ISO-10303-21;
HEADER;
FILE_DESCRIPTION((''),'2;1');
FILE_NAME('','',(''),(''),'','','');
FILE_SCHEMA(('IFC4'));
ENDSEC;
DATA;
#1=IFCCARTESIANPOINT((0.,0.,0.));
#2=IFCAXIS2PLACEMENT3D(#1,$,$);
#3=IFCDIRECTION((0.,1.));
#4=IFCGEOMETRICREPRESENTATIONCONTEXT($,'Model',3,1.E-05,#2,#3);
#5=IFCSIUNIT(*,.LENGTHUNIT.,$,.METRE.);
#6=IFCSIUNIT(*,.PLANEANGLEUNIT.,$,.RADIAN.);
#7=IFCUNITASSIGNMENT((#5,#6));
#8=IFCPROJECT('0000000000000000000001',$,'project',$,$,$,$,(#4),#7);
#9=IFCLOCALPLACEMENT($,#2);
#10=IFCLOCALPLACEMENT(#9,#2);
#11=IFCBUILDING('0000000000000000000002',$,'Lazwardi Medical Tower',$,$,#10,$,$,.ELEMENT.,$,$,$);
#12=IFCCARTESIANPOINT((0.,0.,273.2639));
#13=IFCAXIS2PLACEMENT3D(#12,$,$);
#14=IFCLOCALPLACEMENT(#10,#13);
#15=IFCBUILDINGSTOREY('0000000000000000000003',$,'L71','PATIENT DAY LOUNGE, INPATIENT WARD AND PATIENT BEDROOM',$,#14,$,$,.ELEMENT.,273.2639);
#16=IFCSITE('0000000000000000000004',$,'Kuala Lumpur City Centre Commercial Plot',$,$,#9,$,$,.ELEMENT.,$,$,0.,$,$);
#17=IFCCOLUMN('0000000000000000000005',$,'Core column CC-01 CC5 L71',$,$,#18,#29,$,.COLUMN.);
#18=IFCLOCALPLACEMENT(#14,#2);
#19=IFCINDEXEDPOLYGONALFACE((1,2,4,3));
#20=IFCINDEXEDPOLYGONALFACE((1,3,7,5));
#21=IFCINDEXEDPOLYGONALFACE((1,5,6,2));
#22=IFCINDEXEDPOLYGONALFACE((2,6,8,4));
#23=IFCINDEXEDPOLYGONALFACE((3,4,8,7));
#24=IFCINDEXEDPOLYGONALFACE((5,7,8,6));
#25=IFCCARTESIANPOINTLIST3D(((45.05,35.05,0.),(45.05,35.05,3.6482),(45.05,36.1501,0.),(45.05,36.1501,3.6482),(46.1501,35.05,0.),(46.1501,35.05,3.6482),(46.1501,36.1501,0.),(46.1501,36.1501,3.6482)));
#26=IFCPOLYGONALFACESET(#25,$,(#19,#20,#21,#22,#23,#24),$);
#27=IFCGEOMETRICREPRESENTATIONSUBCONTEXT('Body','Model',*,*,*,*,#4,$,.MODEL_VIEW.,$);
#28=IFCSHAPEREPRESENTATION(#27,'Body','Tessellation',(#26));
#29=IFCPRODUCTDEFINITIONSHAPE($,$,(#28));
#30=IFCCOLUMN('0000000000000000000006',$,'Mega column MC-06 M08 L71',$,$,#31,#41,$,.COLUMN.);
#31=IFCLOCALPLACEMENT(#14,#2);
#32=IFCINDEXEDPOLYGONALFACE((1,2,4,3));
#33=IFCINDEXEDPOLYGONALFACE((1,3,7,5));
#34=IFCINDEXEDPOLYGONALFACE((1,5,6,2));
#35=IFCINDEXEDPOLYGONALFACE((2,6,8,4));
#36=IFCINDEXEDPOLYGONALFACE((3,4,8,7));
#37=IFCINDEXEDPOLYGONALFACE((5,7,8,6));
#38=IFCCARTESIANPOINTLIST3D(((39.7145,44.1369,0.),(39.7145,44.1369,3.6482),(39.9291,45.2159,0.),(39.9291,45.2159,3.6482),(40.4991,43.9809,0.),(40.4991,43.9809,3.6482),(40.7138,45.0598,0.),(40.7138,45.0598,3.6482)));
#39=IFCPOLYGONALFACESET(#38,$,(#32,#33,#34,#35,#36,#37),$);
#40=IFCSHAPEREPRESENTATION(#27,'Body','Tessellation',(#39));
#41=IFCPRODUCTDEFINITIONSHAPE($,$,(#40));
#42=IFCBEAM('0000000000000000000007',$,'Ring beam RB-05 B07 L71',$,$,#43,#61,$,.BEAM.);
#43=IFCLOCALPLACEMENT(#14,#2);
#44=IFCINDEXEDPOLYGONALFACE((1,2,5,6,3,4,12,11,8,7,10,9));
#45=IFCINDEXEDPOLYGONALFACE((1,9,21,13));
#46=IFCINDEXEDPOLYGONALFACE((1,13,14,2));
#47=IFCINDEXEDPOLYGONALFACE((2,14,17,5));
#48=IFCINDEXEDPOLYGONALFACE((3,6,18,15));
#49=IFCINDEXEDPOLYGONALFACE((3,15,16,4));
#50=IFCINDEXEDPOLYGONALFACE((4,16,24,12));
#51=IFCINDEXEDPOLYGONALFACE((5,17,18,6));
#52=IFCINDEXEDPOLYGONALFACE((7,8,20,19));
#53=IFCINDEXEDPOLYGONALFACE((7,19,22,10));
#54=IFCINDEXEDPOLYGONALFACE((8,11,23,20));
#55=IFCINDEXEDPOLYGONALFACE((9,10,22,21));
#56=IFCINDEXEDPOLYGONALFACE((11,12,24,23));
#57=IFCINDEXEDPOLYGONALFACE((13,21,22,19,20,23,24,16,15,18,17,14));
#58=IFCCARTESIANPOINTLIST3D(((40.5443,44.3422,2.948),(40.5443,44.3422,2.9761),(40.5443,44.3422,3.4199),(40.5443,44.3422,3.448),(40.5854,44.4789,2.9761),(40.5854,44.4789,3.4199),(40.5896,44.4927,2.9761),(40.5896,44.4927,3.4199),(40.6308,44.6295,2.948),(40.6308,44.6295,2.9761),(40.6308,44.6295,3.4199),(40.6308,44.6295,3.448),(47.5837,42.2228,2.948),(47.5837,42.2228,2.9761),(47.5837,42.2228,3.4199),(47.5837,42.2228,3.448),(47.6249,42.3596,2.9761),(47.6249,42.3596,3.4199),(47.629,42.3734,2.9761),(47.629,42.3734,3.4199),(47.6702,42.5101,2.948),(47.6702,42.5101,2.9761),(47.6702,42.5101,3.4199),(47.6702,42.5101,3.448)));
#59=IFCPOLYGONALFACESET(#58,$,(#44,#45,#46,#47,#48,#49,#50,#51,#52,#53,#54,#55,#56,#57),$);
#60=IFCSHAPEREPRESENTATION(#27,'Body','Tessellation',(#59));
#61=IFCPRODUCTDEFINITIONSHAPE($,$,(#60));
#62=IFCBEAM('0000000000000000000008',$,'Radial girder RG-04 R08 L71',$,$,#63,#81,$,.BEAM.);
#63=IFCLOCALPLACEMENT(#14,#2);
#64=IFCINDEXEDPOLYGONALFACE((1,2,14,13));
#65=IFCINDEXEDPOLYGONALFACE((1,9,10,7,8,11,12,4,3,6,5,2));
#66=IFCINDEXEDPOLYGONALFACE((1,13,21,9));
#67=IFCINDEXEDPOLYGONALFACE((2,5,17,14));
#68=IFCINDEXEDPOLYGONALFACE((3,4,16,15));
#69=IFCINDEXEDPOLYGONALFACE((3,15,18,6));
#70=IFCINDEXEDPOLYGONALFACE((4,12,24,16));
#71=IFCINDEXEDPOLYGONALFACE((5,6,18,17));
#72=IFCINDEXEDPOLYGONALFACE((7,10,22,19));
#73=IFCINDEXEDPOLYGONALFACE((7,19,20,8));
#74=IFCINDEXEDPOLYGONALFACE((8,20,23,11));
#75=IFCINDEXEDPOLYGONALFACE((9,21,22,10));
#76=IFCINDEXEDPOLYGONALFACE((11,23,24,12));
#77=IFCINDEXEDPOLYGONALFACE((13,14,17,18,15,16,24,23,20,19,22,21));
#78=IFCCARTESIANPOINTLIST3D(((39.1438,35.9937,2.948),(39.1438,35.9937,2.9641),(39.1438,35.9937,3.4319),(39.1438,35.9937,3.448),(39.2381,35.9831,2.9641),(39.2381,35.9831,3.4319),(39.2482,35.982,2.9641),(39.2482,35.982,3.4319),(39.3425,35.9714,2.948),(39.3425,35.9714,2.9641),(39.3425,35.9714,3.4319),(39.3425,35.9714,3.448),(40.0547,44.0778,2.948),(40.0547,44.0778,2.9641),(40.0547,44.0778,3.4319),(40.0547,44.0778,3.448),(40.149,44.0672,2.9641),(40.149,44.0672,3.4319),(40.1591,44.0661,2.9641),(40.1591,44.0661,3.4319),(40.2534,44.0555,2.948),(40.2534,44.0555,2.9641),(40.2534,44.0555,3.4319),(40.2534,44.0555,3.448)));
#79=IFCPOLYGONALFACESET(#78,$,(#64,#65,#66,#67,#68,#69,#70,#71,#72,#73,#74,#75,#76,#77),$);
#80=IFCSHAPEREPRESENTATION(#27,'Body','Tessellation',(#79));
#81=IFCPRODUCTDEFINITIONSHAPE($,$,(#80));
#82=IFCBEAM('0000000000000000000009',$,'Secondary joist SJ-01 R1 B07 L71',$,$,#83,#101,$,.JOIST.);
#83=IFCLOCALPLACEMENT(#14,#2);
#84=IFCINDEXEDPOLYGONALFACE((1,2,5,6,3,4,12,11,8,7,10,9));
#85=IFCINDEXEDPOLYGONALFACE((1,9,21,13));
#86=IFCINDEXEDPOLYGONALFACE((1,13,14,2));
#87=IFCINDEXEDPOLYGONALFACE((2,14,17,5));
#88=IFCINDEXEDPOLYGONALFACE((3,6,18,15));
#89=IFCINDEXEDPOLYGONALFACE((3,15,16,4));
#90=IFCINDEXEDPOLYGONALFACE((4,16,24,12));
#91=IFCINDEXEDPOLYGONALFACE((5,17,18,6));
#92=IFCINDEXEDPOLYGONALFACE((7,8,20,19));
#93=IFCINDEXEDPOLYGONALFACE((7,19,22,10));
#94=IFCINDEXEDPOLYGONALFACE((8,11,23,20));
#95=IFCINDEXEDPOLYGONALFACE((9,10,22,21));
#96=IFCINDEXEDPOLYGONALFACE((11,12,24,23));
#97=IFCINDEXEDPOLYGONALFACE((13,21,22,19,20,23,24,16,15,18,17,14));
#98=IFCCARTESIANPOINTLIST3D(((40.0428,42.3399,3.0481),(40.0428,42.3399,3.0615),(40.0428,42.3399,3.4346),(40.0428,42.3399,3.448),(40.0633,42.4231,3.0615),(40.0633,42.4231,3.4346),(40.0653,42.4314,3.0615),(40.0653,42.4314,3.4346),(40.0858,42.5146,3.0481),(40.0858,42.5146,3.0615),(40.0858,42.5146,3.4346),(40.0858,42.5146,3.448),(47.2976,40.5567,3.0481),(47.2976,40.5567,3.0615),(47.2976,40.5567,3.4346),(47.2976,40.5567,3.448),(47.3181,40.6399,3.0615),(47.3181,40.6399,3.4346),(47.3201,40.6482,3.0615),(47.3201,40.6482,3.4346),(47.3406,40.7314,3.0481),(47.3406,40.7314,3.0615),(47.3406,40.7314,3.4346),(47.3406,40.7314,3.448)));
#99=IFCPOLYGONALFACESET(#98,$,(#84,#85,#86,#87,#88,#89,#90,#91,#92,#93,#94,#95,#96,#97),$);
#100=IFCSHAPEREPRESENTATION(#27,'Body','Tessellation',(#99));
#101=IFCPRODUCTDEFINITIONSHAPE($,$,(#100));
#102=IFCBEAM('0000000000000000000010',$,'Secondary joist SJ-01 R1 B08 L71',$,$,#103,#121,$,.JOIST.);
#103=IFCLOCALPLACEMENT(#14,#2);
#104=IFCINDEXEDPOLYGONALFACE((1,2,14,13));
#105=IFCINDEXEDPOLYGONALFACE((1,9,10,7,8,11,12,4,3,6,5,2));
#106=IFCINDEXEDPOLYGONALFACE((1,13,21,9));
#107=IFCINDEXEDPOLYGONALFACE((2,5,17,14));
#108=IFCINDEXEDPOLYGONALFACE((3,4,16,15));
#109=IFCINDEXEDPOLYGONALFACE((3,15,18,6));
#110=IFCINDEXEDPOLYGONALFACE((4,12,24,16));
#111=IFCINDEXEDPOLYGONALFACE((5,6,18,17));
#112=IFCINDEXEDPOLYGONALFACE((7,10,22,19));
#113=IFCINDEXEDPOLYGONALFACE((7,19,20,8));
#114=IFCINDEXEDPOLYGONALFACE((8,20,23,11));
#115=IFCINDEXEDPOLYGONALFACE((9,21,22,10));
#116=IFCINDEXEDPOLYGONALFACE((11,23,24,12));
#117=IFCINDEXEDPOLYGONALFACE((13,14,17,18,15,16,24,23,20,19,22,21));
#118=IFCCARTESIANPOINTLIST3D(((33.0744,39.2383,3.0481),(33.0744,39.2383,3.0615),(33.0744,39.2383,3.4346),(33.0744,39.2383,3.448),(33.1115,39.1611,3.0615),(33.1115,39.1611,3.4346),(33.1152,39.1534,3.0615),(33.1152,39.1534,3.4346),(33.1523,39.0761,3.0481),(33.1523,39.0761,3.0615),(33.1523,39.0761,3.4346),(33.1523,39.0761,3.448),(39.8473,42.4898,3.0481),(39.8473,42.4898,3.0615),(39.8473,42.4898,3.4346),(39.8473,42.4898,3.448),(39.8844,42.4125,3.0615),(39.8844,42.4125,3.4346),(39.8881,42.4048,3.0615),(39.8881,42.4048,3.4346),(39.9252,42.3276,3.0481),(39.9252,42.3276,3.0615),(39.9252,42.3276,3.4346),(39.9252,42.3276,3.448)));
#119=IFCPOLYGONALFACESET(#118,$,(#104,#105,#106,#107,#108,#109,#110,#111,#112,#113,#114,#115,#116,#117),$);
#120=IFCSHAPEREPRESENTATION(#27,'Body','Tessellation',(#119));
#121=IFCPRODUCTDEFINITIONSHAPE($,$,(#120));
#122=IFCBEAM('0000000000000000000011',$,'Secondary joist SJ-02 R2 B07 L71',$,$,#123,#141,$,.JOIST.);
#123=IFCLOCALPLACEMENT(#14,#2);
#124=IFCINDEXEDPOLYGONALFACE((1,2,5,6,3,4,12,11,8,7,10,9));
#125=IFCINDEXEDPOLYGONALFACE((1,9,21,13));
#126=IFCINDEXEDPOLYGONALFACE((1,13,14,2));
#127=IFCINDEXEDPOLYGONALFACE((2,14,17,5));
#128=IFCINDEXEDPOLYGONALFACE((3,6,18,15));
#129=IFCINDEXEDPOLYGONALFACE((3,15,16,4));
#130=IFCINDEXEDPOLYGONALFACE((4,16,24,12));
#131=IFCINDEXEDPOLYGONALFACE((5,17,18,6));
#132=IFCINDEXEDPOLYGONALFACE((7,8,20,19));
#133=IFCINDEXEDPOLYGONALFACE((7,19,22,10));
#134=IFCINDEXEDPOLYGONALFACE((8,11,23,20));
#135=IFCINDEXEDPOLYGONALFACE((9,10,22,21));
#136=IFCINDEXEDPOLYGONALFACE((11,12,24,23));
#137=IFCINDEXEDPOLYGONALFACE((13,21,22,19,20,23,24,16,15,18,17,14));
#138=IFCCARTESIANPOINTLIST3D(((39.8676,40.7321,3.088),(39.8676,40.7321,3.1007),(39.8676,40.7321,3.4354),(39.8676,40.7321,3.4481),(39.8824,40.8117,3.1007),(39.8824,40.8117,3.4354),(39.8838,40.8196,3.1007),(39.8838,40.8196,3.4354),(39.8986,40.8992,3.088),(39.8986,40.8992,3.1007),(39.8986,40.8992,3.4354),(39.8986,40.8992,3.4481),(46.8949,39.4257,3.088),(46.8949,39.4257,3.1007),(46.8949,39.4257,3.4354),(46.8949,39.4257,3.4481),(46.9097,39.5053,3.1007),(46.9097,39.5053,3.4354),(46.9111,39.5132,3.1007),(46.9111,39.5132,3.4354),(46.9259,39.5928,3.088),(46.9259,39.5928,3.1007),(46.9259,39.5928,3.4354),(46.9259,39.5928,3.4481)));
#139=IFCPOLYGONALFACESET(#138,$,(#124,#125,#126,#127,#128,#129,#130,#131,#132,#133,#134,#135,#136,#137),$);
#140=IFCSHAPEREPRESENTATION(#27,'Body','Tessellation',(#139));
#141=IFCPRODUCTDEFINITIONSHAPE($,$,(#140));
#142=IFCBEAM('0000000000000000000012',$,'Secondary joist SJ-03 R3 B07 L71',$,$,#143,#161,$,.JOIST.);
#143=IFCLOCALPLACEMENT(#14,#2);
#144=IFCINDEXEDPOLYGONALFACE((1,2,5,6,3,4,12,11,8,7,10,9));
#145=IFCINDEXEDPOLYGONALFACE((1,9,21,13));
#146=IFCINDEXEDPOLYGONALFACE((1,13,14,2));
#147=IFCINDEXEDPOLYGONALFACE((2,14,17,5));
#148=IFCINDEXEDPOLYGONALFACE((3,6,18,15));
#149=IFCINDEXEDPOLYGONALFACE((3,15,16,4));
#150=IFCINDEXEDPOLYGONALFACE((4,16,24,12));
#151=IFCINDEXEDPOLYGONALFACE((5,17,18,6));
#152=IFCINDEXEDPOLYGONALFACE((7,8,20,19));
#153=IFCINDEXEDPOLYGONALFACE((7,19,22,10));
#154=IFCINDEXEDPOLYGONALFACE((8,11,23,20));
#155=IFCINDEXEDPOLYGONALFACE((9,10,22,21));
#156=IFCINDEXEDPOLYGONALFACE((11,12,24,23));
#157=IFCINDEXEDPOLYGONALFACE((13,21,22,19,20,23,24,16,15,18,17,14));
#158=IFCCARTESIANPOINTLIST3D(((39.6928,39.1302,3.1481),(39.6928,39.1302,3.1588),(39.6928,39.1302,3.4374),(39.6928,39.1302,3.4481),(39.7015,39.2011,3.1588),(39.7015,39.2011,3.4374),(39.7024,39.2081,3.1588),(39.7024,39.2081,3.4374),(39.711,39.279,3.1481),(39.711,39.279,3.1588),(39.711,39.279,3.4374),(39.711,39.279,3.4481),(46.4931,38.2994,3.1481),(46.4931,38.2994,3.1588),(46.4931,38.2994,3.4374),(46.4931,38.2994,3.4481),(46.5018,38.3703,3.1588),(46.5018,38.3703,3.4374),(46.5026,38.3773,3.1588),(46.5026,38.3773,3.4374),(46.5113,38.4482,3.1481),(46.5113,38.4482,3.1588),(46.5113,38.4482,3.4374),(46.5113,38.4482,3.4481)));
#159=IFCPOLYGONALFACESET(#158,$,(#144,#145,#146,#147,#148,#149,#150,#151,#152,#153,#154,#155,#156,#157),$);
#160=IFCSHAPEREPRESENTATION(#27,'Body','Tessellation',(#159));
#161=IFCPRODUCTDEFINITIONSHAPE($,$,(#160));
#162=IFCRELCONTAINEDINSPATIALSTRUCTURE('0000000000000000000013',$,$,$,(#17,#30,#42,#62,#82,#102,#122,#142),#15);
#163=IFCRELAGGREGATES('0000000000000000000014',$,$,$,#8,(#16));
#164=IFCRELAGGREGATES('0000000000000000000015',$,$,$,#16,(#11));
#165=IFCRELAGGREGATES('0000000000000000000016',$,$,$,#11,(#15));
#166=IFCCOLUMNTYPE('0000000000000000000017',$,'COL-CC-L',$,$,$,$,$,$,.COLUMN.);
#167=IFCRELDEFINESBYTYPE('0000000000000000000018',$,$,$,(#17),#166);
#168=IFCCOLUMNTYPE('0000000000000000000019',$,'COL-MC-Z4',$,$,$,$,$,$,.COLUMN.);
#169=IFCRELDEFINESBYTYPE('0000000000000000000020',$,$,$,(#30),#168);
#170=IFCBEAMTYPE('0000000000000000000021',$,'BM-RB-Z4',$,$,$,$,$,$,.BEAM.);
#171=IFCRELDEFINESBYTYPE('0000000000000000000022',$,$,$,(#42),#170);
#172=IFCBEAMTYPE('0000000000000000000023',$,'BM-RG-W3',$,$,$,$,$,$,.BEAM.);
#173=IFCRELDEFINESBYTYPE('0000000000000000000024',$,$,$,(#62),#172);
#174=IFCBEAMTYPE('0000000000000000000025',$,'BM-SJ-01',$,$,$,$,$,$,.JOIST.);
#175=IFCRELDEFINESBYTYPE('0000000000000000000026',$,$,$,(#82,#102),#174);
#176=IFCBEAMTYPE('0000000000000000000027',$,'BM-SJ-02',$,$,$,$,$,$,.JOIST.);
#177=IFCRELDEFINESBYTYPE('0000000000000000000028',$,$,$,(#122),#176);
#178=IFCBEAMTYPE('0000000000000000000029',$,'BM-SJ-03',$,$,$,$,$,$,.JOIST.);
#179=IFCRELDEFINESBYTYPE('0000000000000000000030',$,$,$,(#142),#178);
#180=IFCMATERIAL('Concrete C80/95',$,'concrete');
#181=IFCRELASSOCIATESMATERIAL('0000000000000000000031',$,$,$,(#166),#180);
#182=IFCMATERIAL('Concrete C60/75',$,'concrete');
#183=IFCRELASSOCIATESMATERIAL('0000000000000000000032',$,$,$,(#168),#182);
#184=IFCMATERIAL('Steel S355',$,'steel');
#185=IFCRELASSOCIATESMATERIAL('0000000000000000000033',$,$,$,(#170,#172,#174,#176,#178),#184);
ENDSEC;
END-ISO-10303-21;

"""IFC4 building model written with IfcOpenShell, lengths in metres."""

from ifc_helpers import new_model, si_unit, direction, frame, origin, origin_2d, place, context, subcontext, project, spatial, rectangle, i_section, extrude, material, material_profile, profile_set, type_object, element, save


model = new_model("IFC4")

# Units and contexts
model_context = context("Model", 3, precision=1e-05, world=origin(), true_north=direction((0.0, 1.0)))
body_context = subcontext(model_context, "Body", "Model", "MODEL_VIEW")
ifc_project = project(units=[si_unit("LENGTHUNIT", "METRE"), si_unit("PLANEANGLEUNIT", "RADIAN")], contexts=[model_context])

# Site, building, storey
site_placement = place(None, origin())
site = spatial("IfcSite", under=ifc_project, at=site_placement, Name="Kuala Lumpur City Centre Commercial Plot", CompositionType="ELEMENT", RefElevation=0.0)
building_placement = place(site_placement, origin())
building = spatial("IfcBuilding", under=site, at=building_placement, Name="Lazwardi Medical Tower", CompositionType="ELEMENT")
storey_placement = place(building_placement, frame((0.0, 0.0, 273.2639)))
storey = spatial("IfcBuildingStorey", under=building, at=storey_placement, Name="L71", Description="PATIENT DAY LOUNGE, INPATIENT WARD AND PATIENT BEDROOM", CompositionType="ELEMENT", Elevation=273.2639)

# Columns
ifc_material_1 = material(Name="Concrete C80/95", Category="concrete")
ifc_material_profile_1 = material_profile(ifc_material_1, rectangle(XDim=1.1001, YDim=1.1001, at=origin_2d()), Name="RC 1100x1100")
ifc_profile_set_1 = profile_set([ifc_material_profile_1], Name="Concrete C80/95")
column_type_1 = type_object("IfcColumnType", Name="COL-CC-L", PredefinedType="COLUMN", material=ifc_profile_set_1)
column_1_placement = place(storey_placement, frame((45.6001, 35.6001, 0.0), z_axis=(0.0, 0.0, 1.0), x_axis=(1.0, 0.0, 0.0)))
element("IfcColumn", 1, at=column_1_placement, inside=storey, type_object=column_type_1, Name="Core column CC-01 CC5 L71", PredefinedType="COLUMN", context=body_context, shape_type="SweptSolid", body=[
    extrude(rectangle(XDim=1.1001, YDim=1.1001, at=origin_2d()), origin(), (0.0, 0.0, 1.0), 3.6482),
])
ifc_material_2 = material(Name="Concrete C60/75", Category="concrete")
ifc_material_profile_2 = material_profile(ifc_material_2, rectangle(XDim=1.1001, YDim=0.8, at=origin_2d()), Name="CFT-RECT 1100x800")
ifc_profile_set_2 = profile_set([ifc_material_profile_2], Name="Concrete C60/75")
column_type_2 = type_object("IfcColumnType", Name="COL-MC-Z4", PredefinedType="COLUMN", material=ifc_profile_set_2)
column_2_placement = place(storey_placement, frame((40.2141, 44.5984, 0.0), z_axis=(0.0, 0.0, 1.0), x_axis=(0.19509, 0.980785, 0.0)))
element("IfcColumn", 2, at=column_2_placement, inside=storey, type_object=column_type_2, Name="Mega column MC-06 M08 L71", PredefinedType="COLUMN", context=body_context, shape_type="SweptSolid", body=[
    extrude(rectangle(XDim=1.1001, YDim=0.8, at=origin_2d()), origin(), (0.0, 0.0, 1.0), 3.6482),
])

# Beams
ifc_material_3 = material(Name="Steel S355", Category="steel")
ifc_material_profile_3 = material_profile(ifc_material_3, i_section(OverallWidth=0.3, OverallDepth=0.5, WebThickness=0.0144, FlangeThickness=0.0281, at=origin_2d()), Name="HEB 500")
ifc_profile_set_3 = profile_set([ifc_material_profile_3], Name="Steel S355")
beam_type_1 = type_object("IfcBeamType", Name="BM-RB-Z4", PredefinedType="BEAM", material=ifc_profile_set_3)
beam_1_placement = place(storey_placement, frame((47.627, 42.3665, 3.198), z_axis=(-0.957544, 0.288286, 0.0), x_axis=(-0.288286, -0.957544, 0.0)))
element("IfcBeam", 3, at=beam_1_placement, inside=storey, type_object=beam_type_1, Name="Ring beam RB-05 B07 L71", PredefinedType="BEAM", context=body_context, shape_type="SweptSolid", body=[
    extrude(i_section(OverallWidth=0.3, OverallDepth=0.5, WebThickness=0.0144, FlangeThickness=0.0281, at=origin_2d()), origin(), (0.0, 0.0, 1.0), 7.3516),
])
ifc_material_profile_4 = material_profile(ifc_material_3, i_section(OverallWidth=0.2, OverallDepth=0.5, WebThickness=0.0103, FlangeThickness=0.0161, at=origin_2d()), Name="IPE 500")
ifc_profile_set_4 = profile_set([ifc_material_profile_4], Name="Steel S355")
beam_type_2 = type_object("IfcBeamType", Name="BM-RG-W3", PredefinedType="BEAM", material=ifc_profile_set_4)
beam_2_placement = place(storey_placement, frame((40.1541, 44.0667, 3.198), z_axis=(-0.11197, -0.993712, 0.0), x_axis=(0.993712, -0.11197, 0.0)))
element("IfcBeam", 4, at=beam_2_placement, inside=storey, type_object=beam_type_2, Name="Radial girder RG-04 R08 L71", PredefinedType="BEAM", context=body_context, shape_type="SweptSolid", body=[
    extrude(i_section(OverallWidth=0.2, OverallDepth=0.5, WebThickness=0.0103, FlangeThickness=0.0161, at=origin_2d()), origin(), (0.0, 0.0, 1.0), 8.1353),
])
ifc_material_profile_5 = material_profile(ifc_material_3, i_section(OverallWidth=0.1799, OverallDepth=0.3999, WebThickness=0.0085, FlangeThickness=0.0134, at=origin_2d()), Name="IPE 400")
ifc_profile_set_5 = profile_set([ifc_material_profile_5], Name="Steel S355")
beam_type_3 = type_object("IfcBeamType", Name="BM-SJ-01", PredefinedType="JOIST", material=ifc_profile_set_5)
beam_3_placement = place(storey_placement, frame((47.3191, 40.644, 3.248), z_axis=(-0.971096, 0.238689, 0.0), x_axis=(-0.238689, -0.971096, 0.0)))
element("IfcBeam", 5, at=beam_3_placement, inside=storey, type_object=beam_type_3, Name="Secondary joist SJ-01 R1 B07 L71", PredefinedType="JOIST", context=body_context, shape_type="SweptSolid", body=[
    extrude(i_section(OverallWidth=0.1799, OverallDepth=0.3999, WebThickness=0.0085, FlangeThickness=0.0134, at=origin_2d()), origin(), (0.0, 0.0, 1.0), 7.4707),
])
beam_4_placement = place(storey_placement, frame((39.8862, 42.4087, 3.248), z_axis=(-0.9015, -0.43278, 0.0), x_axis=(0.43278, -0.9015, 0.0)))
element("IfcBeam", 6, at=beam_4_placement, inside=storey, type_object=beam_type_3, Name="Secondary joist SJ-01 R1 B08 L71", PredefinedType="JOIST", context=body_context, shape_type="SweptSolid", body=[
    extrude(i_section(OverallWidth=0.1799, OverallDepth=0.3999, WebThickness=0.0085, FlangeThickness=0.0134, at=origin_2d()), origin(), (0.0, 0.0, 1.0), 7.5129),
])
ifc_material_profile_6 = material_profile(ifc_material_3, i_section(OverallWidth=0.1699, OverallDepth=0.3601, WebThickness=0.0081, FlangeThickness=0.0127, at=origin_2d()), Name="IPE 360")
ifc_profile_set_6 = profile_set([ifc_material_profile_6], Name="Steel S355")
beam_type_4 = type_object("IfcBeamType", Name="BM-SJ-02", PredefinedType="JOIST", material=ifc_profile_set_6)
beam_5_placement = place(storey_placement, frame((46.9104, 39.5093, 3.2681), z_axis=(-0.983156, 0.18277, 0.0), x_axis=(-0.18277, -0.983156, 0.0)))
element("IfcBeam", 7, at=beam_5_placement, inside=storey, type_object=beam_type_4, Name="Secondary joist SJ-02 R2 B07 L71", PredefinedType="JOIST", context=body_context, shape_type="SweptSolid", body=[
    extrude(i_section(OverallWidth=0.1699, OverallDepth=0.3601, WebThickness=0.0081, FlangeThickness=0.0127, at=origin_2d()), origin(), (0.0, 0.0, 1.0), 7.1477),
])
ifc_material_profile_7 = material_profile(ifc_material_3, i_section(OverallWidth=0.1499, OverallDepth=0.3, WebThickness=0.0071, FlangeThickness=0.0107, at=origin_2d()), Name="IPE 300")
ifc_profile_set_7 = profile_set([ifc_material_profile_7], Name="Steel S355")
beam_type_5 = type_object("IfcBeamType", Name="BM-SJ-03", PredefinedType="JOIST", material=ifc_profile_set_7)
beam_6_placement = place(storey_placement, frame((46.5022, 38.3738, 3.2981), z_axis=(-0.992619, 0.121271, 0.0), x_axis=(-0.121271, -0.992619, 0.0)))
element("IfcBeam", 8, at=beam_6_placement, inside=storey, type_object=beam_type_5, Name="Secondary joist SJ-03 R3 B07 L71", PredefinedType="JOIST", context=body_context, shape_type="SweptSolid", body=[
    extrude(i_section(OverallWidth=0.1499, OverallDepth=0.3, WebThickness=0.0071, FlangeThickness=0.0107, at=origin_2d()), origin(), (0.0, 0.0, 1.0), 6.8508),
])

save(model, "model.ifc")
